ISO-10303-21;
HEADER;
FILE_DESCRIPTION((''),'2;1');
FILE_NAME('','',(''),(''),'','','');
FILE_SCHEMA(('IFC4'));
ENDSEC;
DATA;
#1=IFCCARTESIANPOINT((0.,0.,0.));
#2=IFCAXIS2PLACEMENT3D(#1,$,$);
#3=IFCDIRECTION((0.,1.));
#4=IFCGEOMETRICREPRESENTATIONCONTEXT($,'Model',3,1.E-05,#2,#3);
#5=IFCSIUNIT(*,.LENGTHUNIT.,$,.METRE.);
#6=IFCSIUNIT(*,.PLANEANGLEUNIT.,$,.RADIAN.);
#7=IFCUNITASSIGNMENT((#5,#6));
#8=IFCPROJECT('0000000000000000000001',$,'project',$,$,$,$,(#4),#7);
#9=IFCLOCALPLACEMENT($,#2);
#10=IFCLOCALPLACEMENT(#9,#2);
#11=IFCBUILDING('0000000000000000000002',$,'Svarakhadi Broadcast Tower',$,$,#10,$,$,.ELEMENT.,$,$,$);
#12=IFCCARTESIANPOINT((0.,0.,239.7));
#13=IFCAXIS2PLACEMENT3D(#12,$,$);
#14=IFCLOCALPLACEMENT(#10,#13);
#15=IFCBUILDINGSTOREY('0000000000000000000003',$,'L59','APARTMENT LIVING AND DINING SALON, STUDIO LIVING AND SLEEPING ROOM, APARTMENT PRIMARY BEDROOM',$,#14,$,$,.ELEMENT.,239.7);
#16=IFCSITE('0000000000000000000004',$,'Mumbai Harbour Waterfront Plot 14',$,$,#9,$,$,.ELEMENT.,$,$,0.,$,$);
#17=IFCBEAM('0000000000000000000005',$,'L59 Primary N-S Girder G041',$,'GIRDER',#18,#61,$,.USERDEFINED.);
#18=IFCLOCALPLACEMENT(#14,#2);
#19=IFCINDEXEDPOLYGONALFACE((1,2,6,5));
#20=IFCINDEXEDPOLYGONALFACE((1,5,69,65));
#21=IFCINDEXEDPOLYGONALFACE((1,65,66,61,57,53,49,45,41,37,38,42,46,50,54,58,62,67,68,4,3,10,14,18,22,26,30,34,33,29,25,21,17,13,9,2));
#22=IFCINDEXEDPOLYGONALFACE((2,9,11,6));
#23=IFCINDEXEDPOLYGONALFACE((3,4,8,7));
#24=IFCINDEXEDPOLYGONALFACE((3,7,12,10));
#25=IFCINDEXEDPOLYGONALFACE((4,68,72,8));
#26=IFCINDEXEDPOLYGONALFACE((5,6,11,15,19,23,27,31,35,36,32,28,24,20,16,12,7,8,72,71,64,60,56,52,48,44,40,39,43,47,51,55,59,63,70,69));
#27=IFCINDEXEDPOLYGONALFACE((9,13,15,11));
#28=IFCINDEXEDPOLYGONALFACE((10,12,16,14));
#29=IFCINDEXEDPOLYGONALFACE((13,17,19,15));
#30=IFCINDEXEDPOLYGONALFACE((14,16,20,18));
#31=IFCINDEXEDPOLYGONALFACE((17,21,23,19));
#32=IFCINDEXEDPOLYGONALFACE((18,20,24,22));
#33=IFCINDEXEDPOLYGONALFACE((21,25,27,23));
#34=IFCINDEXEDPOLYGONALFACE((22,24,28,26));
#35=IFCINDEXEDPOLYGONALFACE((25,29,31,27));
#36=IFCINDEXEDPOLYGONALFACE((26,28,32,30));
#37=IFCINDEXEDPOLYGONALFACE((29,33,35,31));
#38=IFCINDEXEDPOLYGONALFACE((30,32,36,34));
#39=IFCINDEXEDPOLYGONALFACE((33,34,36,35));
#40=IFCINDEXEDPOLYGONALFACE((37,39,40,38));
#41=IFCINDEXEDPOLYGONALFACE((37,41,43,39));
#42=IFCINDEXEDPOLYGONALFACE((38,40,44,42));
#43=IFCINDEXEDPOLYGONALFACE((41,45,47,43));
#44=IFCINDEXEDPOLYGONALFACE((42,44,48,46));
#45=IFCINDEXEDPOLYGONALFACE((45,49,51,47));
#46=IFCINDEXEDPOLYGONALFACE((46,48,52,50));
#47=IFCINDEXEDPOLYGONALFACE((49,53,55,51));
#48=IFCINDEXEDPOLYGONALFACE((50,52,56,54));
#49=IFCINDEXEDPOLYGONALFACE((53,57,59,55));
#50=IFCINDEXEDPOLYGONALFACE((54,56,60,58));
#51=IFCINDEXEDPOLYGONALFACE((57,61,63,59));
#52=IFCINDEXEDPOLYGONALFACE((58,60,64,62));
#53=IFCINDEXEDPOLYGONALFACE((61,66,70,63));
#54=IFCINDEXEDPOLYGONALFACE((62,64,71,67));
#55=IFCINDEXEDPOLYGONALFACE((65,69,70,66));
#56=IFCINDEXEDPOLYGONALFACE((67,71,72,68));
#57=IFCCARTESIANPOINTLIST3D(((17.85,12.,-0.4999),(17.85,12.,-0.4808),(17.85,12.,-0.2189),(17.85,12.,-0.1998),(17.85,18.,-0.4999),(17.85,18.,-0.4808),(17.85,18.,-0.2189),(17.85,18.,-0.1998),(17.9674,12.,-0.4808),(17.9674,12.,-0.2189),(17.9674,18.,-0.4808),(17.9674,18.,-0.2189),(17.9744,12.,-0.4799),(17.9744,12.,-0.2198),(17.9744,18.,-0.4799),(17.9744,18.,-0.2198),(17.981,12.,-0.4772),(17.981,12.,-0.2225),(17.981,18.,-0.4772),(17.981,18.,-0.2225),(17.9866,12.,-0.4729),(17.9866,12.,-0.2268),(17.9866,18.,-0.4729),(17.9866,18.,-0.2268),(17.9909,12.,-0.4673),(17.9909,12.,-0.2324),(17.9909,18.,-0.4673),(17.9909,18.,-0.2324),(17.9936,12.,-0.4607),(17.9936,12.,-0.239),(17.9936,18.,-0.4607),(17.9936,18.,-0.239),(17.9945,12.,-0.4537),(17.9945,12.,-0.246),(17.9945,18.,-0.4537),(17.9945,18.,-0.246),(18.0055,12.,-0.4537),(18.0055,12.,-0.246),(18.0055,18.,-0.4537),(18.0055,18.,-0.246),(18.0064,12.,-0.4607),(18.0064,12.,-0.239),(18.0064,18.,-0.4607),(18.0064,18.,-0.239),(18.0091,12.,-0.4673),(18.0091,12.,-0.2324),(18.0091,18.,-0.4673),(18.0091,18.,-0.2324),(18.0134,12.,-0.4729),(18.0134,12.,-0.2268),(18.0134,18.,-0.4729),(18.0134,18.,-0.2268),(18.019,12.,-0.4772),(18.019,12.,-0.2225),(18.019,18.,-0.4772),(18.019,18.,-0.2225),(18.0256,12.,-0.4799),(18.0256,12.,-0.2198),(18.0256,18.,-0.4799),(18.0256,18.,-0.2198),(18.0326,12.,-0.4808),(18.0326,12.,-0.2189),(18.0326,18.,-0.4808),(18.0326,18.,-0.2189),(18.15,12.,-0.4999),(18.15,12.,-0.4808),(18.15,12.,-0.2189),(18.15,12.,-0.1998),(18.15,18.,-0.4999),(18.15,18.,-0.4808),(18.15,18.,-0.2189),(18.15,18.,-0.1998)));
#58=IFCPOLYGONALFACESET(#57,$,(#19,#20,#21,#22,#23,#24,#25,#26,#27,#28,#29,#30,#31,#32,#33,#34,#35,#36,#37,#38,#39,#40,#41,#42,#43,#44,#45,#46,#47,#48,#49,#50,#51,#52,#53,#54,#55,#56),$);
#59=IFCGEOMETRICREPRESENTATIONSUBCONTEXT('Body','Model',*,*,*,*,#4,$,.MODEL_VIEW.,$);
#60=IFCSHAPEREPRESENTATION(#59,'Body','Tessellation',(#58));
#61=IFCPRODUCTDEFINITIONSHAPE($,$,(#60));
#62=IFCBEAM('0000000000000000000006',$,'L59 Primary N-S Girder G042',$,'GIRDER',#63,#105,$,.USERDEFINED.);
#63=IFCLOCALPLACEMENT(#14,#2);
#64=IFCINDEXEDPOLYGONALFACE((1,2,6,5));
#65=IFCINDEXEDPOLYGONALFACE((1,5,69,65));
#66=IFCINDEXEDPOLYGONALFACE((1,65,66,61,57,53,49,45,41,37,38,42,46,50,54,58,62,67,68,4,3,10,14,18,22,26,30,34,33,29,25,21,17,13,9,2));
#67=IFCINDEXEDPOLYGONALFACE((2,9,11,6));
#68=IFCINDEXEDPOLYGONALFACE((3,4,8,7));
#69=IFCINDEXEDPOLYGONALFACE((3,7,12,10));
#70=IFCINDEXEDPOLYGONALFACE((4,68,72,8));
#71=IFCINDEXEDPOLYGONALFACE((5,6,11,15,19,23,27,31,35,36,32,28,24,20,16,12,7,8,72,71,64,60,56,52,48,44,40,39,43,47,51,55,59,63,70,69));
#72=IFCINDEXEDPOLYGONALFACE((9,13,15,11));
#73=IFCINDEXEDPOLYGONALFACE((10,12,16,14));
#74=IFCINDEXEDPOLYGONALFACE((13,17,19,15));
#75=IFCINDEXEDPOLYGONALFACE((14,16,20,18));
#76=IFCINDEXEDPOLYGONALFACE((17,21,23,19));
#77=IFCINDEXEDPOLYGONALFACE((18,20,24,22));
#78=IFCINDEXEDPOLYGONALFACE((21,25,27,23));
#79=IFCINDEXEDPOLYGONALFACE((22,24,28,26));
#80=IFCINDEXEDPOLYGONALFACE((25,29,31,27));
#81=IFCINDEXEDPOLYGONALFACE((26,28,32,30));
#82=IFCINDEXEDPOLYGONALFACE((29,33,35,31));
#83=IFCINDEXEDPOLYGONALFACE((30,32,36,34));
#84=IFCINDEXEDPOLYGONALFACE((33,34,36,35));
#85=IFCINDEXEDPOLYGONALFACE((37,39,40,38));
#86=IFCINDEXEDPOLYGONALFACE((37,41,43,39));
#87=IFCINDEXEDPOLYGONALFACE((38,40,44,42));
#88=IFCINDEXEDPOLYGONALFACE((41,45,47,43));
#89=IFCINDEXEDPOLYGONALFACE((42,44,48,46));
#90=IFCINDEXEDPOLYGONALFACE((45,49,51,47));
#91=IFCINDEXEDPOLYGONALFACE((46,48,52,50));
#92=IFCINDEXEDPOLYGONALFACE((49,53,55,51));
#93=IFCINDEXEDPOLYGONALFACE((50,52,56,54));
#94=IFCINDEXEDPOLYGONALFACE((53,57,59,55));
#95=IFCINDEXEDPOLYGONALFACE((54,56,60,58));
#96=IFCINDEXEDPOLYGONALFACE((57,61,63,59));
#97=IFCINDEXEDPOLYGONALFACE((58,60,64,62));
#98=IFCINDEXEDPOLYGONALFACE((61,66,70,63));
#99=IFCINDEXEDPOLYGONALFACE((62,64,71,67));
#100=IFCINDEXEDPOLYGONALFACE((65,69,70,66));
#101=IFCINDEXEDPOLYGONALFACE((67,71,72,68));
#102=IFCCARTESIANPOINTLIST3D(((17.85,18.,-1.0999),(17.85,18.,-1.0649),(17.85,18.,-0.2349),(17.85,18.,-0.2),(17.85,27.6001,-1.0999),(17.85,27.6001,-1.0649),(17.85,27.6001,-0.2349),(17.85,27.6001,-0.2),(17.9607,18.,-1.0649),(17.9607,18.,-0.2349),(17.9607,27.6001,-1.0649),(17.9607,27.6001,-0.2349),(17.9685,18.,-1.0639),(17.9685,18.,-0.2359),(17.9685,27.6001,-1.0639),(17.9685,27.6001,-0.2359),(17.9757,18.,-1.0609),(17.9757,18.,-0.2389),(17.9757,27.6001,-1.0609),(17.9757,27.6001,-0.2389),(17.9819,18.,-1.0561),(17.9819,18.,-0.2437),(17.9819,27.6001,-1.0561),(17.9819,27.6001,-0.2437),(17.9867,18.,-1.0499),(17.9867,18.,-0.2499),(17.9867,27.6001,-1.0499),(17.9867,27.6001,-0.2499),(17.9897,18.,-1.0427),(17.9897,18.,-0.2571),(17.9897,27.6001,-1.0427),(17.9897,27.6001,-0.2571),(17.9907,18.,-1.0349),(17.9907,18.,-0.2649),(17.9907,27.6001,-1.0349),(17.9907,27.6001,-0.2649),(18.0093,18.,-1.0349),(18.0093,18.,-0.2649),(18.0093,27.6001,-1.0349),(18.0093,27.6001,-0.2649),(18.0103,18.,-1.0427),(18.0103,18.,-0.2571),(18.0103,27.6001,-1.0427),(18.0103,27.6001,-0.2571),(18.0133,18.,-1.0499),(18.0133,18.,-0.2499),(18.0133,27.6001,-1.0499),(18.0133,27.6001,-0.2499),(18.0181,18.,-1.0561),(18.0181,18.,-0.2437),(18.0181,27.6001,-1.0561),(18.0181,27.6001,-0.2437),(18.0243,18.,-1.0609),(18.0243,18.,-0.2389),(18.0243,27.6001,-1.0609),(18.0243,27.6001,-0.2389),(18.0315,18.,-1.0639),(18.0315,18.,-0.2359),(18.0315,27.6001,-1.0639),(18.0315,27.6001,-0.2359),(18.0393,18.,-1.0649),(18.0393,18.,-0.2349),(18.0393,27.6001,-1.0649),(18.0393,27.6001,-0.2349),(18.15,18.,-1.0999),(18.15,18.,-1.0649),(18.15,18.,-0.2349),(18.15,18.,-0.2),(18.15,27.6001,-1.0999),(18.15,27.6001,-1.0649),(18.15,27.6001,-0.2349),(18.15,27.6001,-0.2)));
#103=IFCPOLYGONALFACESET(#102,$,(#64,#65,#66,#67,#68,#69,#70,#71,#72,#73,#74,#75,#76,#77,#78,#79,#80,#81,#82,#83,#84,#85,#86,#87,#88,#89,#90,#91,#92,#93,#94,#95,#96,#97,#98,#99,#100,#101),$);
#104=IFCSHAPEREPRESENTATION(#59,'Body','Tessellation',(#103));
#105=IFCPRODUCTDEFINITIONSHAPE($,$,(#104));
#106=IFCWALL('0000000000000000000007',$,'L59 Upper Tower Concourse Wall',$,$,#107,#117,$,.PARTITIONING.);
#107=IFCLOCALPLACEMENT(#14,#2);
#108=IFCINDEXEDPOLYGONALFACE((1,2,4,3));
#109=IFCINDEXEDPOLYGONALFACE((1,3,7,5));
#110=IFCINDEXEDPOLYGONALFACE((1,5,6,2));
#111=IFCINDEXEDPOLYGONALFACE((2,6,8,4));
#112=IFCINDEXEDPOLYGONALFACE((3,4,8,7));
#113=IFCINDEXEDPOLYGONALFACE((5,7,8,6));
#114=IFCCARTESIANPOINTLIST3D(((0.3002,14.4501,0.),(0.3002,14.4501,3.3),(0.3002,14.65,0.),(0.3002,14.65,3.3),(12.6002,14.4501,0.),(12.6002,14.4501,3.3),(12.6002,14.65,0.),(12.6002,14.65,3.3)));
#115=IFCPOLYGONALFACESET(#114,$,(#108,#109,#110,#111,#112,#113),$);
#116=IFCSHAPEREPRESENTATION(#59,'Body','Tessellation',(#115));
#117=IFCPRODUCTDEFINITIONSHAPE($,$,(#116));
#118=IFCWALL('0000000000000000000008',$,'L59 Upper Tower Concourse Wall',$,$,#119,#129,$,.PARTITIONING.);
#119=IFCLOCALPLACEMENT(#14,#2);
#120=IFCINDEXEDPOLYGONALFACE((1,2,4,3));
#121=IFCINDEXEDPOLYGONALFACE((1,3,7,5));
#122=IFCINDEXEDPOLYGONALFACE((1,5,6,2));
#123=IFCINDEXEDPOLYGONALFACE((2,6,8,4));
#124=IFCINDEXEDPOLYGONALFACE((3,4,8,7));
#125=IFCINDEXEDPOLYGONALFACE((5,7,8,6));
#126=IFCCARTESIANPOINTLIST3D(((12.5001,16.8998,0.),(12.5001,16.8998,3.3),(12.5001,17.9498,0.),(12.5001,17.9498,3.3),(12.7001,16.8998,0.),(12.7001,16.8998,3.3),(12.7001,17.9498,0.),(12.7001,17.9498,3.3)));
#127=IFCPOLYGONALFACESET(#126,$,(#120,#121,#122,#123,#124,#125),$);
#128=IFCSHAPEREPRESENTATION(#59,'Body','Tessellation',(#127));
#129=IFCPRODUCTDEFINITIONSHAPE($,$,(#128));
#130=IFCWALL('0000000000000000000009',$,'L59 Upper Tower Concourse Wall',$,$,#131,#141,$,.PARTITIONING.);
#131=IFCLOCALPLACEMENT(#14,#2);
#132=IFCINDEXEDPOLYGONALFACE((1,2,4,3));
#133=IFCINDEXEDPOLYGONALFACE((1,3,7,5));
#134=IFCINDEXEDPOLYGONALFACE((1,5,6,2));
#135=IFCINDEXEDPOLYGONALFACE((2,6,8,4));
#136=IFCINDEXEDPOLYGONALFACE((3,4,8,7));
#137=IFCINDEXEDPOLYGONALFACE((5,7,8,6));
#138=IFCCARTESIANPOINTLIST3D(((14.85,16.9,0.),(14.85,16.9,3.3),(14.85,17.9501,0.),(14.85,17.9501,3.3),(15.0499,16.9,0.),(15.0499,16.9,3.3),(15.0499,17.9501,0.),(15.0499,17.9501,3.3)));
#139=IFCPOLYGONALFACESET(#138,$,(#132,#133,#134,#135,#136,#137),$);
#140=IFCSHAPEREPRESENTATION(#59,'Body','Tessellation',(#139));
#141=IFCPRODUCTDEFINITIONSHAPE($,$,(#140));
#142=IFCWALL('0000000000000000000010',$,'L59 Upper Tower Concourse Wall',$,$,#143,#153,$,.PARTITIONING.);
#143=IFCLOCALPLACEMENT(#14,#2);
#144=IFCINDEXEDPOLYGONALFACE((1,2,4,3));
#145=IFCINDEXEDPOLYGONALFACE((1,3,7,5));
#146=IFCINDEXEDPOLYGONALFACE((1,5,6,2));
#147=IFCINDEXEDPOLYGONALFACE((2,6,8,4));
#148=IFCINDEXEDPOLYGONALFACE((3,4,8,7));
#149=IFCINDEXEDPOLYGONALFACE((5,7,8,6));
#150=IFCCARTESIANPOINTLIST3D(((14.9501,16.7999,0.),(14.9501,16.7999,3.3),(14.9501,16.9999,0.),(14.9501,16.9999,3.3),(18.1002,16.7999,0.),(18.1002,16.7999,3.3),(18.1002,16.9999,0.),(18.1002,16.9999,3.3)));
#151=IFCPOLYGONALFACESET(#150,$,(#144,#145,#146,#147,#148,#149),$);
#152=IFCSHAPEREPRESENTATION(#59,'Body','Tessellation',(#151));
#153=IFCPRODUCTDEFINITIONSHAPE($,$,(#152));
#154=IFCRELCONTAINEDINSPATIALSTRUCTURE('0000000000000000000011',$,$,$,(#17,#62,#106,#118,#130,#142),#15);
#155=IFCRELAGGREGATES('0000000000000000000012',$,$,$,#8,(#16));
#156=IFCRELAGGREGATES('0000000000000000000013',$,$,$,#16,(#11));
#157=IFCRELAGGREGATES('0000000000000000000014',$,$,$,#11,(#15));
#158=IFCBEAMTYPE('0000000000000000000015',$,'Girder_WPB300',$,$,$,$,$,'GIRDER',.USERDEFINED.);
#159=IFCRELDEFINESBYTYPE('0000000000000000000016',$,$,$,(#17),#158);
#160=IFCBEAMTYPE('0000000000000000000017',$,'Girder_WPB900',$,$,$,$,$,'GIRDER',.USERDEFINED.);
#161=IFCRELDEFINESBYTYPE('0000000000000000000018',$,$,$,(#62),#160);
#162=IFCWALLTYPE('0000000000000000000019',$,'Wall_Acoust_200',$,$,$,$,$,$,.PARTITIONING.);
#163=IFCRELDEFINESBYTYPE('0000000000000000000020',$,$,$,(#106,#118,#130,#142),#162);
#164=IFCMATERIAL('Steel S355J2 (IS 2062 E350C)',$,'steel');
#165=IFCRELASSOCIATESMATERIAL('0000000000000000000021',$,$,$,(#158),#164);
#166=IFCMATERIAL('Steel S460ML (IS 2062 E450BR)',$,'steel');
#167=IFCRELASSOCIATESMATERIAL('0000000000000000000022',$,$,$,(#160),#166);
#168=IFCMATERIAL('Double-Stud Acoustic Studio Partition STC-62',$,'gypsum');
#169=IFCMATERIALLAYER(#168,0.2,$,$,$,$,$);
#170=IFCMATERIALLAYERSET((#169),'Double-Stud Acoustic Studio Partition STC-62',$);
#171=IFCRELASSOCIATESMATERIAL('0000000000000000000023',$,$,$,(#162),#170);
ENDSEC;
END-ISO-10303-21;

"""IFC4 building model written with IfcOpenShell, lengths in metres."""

from ifc_helpers import new_model, si_unit, direction, frame, frame_2d, origin, origin_2d, place, context, subcontext, project, spatial, rectangle, i_section, extrude, material, layer, layer_set, material_profile, profile_set, type_object, element, save


model = new_model("IFC4")

# Units and contexts
model_context = context("Model", 3, precision=1e-05, world=origin(), true_north=direction((0.0, 1.0)))
body_context = subcontext(model_context, "Body", "Model", "MODEL_VIEW")
ifc_project = project(units=[si_unit("LENGTHUNIT", "METRE"), si_unit("PLANEANGLEUNIT", "RADIAN")], contexts=[model_context])

# Site, building, storey
site_placement = place(None, origin())
site = spatial("IfcSite", under=ifc_project, at=site_placement, Name="Mumbai Harbour Waterfront Plot 14", CompositionType="ELEMENT", RefElevation=0.0)
building_placement = place(site_placement, origin())
building = spatial("IfcBuilding", under=site, at=building_placement, Name="Svarakhadi Broadcast Tower", CompositionType="ELEMENT")
storey_placement = place(building_placement, frame((0.0, 0.0, 239.7)))
storey = spatial("IfcBuildingStorey", under=building, at=storey_placement, Name="L59", Description="APARTMENT LIVING AND DINING SALON, STUDIO LIVING AND SLEEPING ROOM, APARTMENT PRIMARY BEDROOM", CompositionType="ELEMENT", Elevation=239.7)

# Shared definitions
ifc_material_1 = material(Name="Steel S355J2 (IS 2062 E350C)", Category="steel")

# Beams
ifc_material_profile_1 = material_profile(ifc_material_1, i_section(OverallWidth=0.3, OverallDepth=0.3, WebThickness=0.011, FlangeThickness=0.019, FilletRadius=0.0271, at=origin_2d()), Name="WPB 300x300x117")
ifc_profile_set_1 = profile_set([ifc_material_profile_1], Name="Steel S355J2 (IS 2062 E350C)")
beam_type_1 = type_object("IfcBeamType", Name="Girder_WPB300", ElementType="GIRDER", PredefinedType="USERDEFINED", material=ifc_profile_set_1)
for number, where, z_axis, x_axis, name in (
    (1, (18.0, 12.0, -0.3499), (0.0, 1.0, 0.0), (-1.0, 0.0, 0.0), "L59 Primary N-S Girder G041"),
):
    element("IfcBeam", number, at=place(storey_placement, frame(where, z_axis=z_axis, x_axis=x_axis)), inside=storey, type_object=beam_type_1, Name=name, ObjectType="GIRDER", PredefinedType="USERDEFINED", context=body_context, shape_type="SweptSolid", body=[
        extrude(i_section(OverallWidth=0.3, OverallDepth=0.3, WebThickness=0.011, FlangeThickness=0.019, FilletRadius=0.0271, at=origin_2d()), origin(), (0.0, 0.0, 1.0), 6.0),
    ])
ifc_material_2 = material(Name="Steel S460ML (IS 2062 E450BR)", Category="steel")
ifc_material_profile_2 = material_profile(ifc_material_2, i_section(OverallWidth=0.3, OverallDepth=0.8999, WebThickness=0.0186, FlangeThickness=0.0349, FilletRadius=0.03, at=origin_2d()), Name="WPB 900x300x291")
ifc_profile_set_2 = profile_set([ifc_material_profile_2], Name="Steel S460ML (IS 2062 E450BR)")
beam_type_2 = type_object("IfcBeamType", Name="Girder_WPB900", ElementType="GIRDER", PredefinedType="USERDEFINED", material=ifc_profile_set_2)
beam_placement = place(storey_placement, frame((18.0, 18.0, -0.6499), z_axis=(0.0, 1.0, 0.0), x_axis=(-1.0, 0.0, 0.0)))
element("IfcBeam", 2, at=beam_placement, inside=storey, type_object=beam_type_2, Name="L59 Primary N-S Girder G042", ObjectType="GIRDER", PredefinedType="USERDEFINED", context=body_context, shape_type="SweptSolid", body=[
    extrude(i_section(OverallWidth=0.3, OverallDepth=0.8999, WebThickness=0.0186, FlangeThickness=0.0349, FilletRadius=0.03, at=origin_2d()), origin(), (0.0, 0.0, 1.0), 9.6001),
])

# Walls
ifc_material_3 = material(Name="Double-Stud Acoustic Studio Partition STC-62", Category="gypsum")
ifc_layer_1 = layer(ifc_material_3, 0.2)
ifc_layer_set_1 = layer_set([ifc_layer_1], Name="Double-Stud Acoustic Studio Partition STC-62")
wall_type_1 = type_object("IfcWallType", Name="Wall_Acoust_200", PredefinedType="PARTITIONING", material=ifc_layer_set_1)
wall_1_placement = place(storey_placement, frame((12.6001, 14.55, 0.0), z_axis=(0.0, 0.0, 1.0), x_axis=(-1.0, 0.0, 0.0)))
element("IfcWall", 3, at=wall_1_placement, inside=storey, type_object=wall_type_1, Name="L59 Upper Tower Concourse Wall", PredefinedType="PARTITIONING", context=body_context, shape_type="SweptSolid", body=[
    extrude(rectangle(XDim=12.3, YDim=0.2, at=frame_2d((6.1499, 0.0))), origin(), (0.0, 0.0, 1.0), 3.3),
])
for number, where, z_axis, x_axis, name in (
    (4, (12.6001, 16.8999, 0.0), (0.0, 0.0, 1.0), (0.0, 1.0, 0.0), "L59 Upper Tower Concourse Wall"),
    (5, (14.95, 17.95, 0.0), (0.0, 0.0, 1.0), (0.0, -1.0, 0.0), "L59 Upper Tower Concourse Wall"),
):
    element("IfcWall", number, at=place(storey_placement, frame(where, z_axis=z_axis, x_axis=x_axis)), inside=storey, type_object=wall_type_1, Name=name, PredefinedType="PARTITIONING", context=body_context, shape_type="SweptSolid", body=[
        extrude(rectangle(XDim=1.05, YDim=0.2, at=frame_2d((0.5249, 0.0))), origin(), (0.0, 0.0, 1.0), 3.3),
    ])
wall_2_placement = place(storey_placement, frame((14.95, 16.8999, 0.0), z_axis=(0.0, 0.0, 1.0), x_axis=(1.0, 0.0, 0.0)))
element("IfcWall", 6, at=wall_2_placement, inside=storey, type_object=wall_type_1, Name="L59 Upper Tower Concourse Wall", PredefinedType="PARTITIONING", context=body_context, shape_type="SweptSolid", body=[
    extrude(rectangle(XDim=3.1501, YDim=0.2, at=frame_2d((1.5752, 0.0))), origin(), (0.0, 0.0, 1.0), 3.3),
])

save(model, "model.ifc")
